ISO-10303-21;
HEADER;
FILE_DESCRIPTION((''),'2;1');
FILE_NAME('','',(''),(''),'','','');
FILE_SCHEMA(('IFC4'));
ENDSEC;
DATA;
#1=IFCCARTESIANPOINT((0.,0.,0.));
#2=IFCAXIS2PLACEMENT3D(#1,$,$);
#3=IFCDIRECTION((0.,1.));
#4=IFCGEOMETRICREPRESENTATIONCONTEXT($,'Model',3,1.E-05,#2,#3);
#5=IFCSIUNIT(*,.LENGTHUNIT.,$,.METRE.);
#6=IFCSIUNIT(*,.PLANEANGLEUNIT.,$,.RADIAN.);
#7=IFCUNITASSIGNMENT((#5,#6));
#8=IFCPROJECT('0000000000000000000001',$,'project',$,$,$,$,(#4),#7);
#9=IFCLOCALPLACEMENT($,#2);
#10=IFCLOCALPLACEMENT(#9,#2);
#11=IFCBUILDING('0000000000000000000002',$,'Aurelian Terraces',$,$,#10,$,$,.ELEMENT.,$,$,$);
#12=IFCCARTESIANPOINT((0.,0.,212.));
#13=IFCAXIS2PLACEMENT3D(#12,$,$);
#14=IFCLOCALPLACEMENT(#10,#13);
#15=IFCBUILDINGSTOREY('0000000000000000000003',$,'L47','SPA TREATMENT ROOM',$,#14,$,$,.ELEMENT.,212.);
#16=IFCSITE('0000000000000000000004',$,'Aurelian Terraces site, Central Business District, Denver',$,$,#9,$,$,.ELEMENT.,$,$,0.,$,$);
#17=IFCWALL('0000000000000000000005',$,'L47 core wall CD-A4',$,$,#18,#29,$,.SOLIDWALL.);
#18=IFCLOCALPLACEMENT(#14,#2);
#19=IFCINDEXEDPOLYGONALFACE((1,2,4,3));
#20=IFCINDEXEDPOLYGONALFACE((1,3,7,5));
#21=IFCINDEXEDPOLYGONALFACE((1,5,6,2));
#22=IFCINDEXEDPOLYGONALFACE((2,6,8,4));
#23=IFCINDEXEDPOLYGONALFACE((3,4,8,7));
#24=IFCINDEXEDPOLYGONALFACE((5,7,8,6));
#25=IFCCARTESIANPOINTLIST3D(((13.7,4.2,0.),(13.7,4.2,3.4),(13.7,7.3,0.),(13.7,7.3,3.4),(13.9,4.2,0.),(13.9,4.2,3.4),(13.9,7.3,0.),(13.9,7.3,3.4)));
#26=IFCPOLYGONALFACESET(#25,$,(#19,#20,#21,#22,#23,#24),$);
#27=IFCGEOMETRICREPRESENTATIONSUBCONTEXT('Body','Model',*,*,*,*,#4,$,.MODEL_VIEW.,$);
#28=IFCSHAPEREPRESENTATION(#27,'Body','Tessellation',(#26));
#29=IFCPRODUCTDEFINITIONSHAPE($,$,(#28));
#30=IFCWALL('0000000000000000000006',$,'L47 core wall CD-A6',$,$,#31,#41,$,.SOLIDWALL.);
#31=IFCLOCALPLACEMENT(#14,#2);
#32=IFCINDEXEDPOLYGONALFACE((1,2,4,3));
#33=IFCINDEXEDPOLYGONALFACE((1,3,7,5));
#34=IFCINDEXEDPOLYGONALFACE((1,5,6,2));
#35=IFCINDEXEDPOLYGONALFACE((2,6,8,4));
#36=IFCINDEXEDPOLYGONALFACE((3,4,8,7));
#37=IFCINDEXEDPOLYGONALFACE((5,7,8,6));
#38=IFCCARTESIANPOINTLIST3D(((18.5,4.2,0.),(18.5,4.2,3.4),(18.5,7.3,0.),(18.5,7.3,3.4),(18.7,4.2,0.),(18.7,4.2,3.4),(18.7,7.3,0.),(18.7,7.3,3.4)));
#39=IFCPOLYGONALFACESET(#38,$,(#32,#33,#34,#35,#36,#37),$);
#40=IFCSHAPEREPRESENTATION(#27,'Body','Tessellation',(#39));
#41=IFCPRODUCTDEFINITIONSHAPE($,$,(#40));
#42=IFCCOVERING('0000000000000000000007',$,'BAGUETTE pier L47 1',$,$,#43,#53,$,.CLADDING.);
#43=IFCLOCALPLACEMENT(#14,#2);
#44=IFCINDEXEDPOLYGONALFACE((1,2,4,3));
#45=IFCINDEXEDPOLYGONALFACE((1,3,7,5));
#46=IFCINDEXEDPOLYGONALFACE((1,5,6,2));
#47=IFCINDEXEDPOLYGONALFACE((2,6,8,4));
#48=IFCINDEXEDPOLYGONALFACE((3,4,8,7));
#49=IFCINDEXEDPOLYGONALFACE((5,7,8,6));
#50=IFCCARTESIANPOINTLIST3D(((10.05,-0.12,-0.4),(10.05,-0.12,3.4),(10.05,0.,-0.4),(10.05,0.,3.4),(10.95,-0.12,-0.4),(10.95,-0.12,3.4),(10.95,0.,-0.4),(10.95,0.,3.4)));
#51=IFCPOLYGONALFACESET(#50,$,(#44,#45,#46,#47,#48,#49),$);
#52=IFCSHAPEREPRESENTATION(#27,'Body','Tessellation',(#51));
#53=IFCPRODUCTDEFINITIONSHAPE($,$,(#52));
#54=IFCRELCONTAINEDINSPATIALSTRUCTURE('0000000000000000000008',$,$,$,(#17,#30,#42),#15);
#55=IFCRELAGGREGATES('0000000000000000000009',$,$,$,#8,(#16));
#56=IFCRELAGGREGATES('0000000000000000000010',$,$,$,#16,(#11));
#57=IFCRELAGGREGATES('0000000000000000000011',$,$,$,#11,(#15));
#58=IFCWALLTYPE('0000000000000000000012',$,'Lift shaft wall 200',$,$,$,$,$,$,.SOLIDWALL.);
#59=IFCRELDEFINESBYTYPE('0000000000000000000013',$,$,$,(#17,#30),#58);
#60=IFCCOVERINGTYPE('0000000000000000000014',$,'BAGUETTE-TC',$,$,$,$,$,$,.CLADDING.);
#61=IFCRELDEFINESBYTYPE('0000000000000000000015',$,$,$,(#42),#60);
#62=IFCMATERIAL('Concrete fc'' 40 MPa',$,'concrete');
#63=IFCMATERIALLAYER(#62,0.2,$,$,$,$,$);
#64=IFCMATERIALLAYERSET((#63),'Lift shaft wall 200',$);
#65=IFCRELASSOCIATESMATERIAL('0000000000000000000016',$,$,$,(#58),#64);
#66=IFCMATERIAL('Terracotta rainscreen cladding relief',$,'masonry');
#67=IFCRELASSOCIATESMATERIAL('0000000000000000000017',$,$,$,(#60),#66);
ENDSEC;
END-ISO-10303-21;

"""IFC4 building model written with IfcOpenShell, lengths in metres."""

from ifc_helpers import new_model, si_unit, direction, frame, frame_2d, origin, origin_2d, place, context, subcontext, project, spatial, rectangle, extrude, source, transform, mapped, material, layer, layer_set, type_object, element, save


model = new_model("IFC4")

# Units and contexts
model_context = context("Model", 3, precision=1e-05, world=origin(), true_north=direction((0.0, 1.0)))
body_context = subcontext(model_context, "Body", "Model", "MODEL_VIEW")
ifc_project = project(units=[si_unit("LENGTHUNIT", "METRE"), si_unit("PLANEANGLEUNIT", "RADIAN")], contexts=[model_context])

# Site, building, storey
site_placement = place(None, origin())
site = spatial("IfcSite", under=ifc_project, at=site_placement, Name="Aurelian Terraces site, Central Business District, Denver", CompositionType="ELEMENT", RefElevation=0.0)
building_placement = place(site_placement, origin())
building = spatial("IfcBuilding", under=site, at=building_placement, Name="Aurelian Terraces", CompositionType="ELEMENT")
storey_placement = place(building_placement, frame((0.0, 0.0, 212.0)))
storey = spatial("IfcBuildingStorey", under=building, at=storey_placement, Name="L47", Description="SPA TREATMENT ROOM", CompositionType="ELEMENT", Elevation=212.0)

# Shared definitions
ifc_material_1 = material(Name="Concrete fc' 40 MPa", Category="concrete")

# Walls
ifc_layer_1 = layer(ifc_material_1, 0.2)
ifc_layer_set_1 = layer_set([ifc_layer_1], Name="Lift shaft wall 200")
wall_type_1 = type_object("IfcWallType", Name="Lift shaft wall 200", PredefinedType="SOLIDWALL", material=ifc_layer_set_1)
shared_shape_1 = source(origin(), body_context, "Body", "SweptSolid", [
    extrude(rectangle(XDim=3.1, YDim=0.2, at=frame_2d((1.55, 0.0))), origin(), (0.0, 0.0, 1.0), 3.4),
])
for number, where, z_axis, x_axis, name in (
    (1, (13.8, 4.2, 0.0), (0.0, 0.0, 1.0), (0.0, 1.0, 0.0), "L47 core wall CD-A4"),
    (2, (18.6, 4.2, 0.0), (0.0, 0.0, 1.0), (0.0, 1.0, 0.0), "L47 core wall CD-A6"),
):
    element("IfcWall", number, at=place(storey_placement, frame(where, z_axis=z_axis, x_axis=x_axis)), inside=storey, type_object=wall_type_1, Name=name, PredefinedType="SOLIDWALL", context=body_context, shape_type="MappedRepresentation", body=[
        mapped(shared_shape_1, transform((0.0, 0.0, 0.0), scale=1.0)),
    ])

# Covering
ifc_material_2 = material(Name="Terracotta rainscreen cladding relief", Category="masonry")
covering_type = type_object("IfcCoveringType", Name="BAGUETTE-TC", PredefinedType="CLADDING", material=ifc_material_2)
shared_shape_2 = source(origin(), body_context, "Body", "SweptSolid", [
    extrude(rectangle(XDim=0.9, YDim=0.12, at=origin_2d()), origin(), (0.0, 0.0, 1.0), 3.8),
])
covering_placement = place(storey_placement, frame((10.5, -0.06, -0.4), z_axis=(0.0, 0.0, 1.0), x_axis=(1.0, 0.0, 0.0)))
element("IfcCovering", 3, at=covering_placement, inside=storey, type_object=covering_type, Name="BAGUETTE pier L47 1", PredefinedType="CLADDING", context=body_context, shape_type="MappedRepresentation", body=[
    mapped(shared_shape_2, transform((0.0, 0.0, 0.0), scale=1.0)),
])

save(model, "model.ifc")
